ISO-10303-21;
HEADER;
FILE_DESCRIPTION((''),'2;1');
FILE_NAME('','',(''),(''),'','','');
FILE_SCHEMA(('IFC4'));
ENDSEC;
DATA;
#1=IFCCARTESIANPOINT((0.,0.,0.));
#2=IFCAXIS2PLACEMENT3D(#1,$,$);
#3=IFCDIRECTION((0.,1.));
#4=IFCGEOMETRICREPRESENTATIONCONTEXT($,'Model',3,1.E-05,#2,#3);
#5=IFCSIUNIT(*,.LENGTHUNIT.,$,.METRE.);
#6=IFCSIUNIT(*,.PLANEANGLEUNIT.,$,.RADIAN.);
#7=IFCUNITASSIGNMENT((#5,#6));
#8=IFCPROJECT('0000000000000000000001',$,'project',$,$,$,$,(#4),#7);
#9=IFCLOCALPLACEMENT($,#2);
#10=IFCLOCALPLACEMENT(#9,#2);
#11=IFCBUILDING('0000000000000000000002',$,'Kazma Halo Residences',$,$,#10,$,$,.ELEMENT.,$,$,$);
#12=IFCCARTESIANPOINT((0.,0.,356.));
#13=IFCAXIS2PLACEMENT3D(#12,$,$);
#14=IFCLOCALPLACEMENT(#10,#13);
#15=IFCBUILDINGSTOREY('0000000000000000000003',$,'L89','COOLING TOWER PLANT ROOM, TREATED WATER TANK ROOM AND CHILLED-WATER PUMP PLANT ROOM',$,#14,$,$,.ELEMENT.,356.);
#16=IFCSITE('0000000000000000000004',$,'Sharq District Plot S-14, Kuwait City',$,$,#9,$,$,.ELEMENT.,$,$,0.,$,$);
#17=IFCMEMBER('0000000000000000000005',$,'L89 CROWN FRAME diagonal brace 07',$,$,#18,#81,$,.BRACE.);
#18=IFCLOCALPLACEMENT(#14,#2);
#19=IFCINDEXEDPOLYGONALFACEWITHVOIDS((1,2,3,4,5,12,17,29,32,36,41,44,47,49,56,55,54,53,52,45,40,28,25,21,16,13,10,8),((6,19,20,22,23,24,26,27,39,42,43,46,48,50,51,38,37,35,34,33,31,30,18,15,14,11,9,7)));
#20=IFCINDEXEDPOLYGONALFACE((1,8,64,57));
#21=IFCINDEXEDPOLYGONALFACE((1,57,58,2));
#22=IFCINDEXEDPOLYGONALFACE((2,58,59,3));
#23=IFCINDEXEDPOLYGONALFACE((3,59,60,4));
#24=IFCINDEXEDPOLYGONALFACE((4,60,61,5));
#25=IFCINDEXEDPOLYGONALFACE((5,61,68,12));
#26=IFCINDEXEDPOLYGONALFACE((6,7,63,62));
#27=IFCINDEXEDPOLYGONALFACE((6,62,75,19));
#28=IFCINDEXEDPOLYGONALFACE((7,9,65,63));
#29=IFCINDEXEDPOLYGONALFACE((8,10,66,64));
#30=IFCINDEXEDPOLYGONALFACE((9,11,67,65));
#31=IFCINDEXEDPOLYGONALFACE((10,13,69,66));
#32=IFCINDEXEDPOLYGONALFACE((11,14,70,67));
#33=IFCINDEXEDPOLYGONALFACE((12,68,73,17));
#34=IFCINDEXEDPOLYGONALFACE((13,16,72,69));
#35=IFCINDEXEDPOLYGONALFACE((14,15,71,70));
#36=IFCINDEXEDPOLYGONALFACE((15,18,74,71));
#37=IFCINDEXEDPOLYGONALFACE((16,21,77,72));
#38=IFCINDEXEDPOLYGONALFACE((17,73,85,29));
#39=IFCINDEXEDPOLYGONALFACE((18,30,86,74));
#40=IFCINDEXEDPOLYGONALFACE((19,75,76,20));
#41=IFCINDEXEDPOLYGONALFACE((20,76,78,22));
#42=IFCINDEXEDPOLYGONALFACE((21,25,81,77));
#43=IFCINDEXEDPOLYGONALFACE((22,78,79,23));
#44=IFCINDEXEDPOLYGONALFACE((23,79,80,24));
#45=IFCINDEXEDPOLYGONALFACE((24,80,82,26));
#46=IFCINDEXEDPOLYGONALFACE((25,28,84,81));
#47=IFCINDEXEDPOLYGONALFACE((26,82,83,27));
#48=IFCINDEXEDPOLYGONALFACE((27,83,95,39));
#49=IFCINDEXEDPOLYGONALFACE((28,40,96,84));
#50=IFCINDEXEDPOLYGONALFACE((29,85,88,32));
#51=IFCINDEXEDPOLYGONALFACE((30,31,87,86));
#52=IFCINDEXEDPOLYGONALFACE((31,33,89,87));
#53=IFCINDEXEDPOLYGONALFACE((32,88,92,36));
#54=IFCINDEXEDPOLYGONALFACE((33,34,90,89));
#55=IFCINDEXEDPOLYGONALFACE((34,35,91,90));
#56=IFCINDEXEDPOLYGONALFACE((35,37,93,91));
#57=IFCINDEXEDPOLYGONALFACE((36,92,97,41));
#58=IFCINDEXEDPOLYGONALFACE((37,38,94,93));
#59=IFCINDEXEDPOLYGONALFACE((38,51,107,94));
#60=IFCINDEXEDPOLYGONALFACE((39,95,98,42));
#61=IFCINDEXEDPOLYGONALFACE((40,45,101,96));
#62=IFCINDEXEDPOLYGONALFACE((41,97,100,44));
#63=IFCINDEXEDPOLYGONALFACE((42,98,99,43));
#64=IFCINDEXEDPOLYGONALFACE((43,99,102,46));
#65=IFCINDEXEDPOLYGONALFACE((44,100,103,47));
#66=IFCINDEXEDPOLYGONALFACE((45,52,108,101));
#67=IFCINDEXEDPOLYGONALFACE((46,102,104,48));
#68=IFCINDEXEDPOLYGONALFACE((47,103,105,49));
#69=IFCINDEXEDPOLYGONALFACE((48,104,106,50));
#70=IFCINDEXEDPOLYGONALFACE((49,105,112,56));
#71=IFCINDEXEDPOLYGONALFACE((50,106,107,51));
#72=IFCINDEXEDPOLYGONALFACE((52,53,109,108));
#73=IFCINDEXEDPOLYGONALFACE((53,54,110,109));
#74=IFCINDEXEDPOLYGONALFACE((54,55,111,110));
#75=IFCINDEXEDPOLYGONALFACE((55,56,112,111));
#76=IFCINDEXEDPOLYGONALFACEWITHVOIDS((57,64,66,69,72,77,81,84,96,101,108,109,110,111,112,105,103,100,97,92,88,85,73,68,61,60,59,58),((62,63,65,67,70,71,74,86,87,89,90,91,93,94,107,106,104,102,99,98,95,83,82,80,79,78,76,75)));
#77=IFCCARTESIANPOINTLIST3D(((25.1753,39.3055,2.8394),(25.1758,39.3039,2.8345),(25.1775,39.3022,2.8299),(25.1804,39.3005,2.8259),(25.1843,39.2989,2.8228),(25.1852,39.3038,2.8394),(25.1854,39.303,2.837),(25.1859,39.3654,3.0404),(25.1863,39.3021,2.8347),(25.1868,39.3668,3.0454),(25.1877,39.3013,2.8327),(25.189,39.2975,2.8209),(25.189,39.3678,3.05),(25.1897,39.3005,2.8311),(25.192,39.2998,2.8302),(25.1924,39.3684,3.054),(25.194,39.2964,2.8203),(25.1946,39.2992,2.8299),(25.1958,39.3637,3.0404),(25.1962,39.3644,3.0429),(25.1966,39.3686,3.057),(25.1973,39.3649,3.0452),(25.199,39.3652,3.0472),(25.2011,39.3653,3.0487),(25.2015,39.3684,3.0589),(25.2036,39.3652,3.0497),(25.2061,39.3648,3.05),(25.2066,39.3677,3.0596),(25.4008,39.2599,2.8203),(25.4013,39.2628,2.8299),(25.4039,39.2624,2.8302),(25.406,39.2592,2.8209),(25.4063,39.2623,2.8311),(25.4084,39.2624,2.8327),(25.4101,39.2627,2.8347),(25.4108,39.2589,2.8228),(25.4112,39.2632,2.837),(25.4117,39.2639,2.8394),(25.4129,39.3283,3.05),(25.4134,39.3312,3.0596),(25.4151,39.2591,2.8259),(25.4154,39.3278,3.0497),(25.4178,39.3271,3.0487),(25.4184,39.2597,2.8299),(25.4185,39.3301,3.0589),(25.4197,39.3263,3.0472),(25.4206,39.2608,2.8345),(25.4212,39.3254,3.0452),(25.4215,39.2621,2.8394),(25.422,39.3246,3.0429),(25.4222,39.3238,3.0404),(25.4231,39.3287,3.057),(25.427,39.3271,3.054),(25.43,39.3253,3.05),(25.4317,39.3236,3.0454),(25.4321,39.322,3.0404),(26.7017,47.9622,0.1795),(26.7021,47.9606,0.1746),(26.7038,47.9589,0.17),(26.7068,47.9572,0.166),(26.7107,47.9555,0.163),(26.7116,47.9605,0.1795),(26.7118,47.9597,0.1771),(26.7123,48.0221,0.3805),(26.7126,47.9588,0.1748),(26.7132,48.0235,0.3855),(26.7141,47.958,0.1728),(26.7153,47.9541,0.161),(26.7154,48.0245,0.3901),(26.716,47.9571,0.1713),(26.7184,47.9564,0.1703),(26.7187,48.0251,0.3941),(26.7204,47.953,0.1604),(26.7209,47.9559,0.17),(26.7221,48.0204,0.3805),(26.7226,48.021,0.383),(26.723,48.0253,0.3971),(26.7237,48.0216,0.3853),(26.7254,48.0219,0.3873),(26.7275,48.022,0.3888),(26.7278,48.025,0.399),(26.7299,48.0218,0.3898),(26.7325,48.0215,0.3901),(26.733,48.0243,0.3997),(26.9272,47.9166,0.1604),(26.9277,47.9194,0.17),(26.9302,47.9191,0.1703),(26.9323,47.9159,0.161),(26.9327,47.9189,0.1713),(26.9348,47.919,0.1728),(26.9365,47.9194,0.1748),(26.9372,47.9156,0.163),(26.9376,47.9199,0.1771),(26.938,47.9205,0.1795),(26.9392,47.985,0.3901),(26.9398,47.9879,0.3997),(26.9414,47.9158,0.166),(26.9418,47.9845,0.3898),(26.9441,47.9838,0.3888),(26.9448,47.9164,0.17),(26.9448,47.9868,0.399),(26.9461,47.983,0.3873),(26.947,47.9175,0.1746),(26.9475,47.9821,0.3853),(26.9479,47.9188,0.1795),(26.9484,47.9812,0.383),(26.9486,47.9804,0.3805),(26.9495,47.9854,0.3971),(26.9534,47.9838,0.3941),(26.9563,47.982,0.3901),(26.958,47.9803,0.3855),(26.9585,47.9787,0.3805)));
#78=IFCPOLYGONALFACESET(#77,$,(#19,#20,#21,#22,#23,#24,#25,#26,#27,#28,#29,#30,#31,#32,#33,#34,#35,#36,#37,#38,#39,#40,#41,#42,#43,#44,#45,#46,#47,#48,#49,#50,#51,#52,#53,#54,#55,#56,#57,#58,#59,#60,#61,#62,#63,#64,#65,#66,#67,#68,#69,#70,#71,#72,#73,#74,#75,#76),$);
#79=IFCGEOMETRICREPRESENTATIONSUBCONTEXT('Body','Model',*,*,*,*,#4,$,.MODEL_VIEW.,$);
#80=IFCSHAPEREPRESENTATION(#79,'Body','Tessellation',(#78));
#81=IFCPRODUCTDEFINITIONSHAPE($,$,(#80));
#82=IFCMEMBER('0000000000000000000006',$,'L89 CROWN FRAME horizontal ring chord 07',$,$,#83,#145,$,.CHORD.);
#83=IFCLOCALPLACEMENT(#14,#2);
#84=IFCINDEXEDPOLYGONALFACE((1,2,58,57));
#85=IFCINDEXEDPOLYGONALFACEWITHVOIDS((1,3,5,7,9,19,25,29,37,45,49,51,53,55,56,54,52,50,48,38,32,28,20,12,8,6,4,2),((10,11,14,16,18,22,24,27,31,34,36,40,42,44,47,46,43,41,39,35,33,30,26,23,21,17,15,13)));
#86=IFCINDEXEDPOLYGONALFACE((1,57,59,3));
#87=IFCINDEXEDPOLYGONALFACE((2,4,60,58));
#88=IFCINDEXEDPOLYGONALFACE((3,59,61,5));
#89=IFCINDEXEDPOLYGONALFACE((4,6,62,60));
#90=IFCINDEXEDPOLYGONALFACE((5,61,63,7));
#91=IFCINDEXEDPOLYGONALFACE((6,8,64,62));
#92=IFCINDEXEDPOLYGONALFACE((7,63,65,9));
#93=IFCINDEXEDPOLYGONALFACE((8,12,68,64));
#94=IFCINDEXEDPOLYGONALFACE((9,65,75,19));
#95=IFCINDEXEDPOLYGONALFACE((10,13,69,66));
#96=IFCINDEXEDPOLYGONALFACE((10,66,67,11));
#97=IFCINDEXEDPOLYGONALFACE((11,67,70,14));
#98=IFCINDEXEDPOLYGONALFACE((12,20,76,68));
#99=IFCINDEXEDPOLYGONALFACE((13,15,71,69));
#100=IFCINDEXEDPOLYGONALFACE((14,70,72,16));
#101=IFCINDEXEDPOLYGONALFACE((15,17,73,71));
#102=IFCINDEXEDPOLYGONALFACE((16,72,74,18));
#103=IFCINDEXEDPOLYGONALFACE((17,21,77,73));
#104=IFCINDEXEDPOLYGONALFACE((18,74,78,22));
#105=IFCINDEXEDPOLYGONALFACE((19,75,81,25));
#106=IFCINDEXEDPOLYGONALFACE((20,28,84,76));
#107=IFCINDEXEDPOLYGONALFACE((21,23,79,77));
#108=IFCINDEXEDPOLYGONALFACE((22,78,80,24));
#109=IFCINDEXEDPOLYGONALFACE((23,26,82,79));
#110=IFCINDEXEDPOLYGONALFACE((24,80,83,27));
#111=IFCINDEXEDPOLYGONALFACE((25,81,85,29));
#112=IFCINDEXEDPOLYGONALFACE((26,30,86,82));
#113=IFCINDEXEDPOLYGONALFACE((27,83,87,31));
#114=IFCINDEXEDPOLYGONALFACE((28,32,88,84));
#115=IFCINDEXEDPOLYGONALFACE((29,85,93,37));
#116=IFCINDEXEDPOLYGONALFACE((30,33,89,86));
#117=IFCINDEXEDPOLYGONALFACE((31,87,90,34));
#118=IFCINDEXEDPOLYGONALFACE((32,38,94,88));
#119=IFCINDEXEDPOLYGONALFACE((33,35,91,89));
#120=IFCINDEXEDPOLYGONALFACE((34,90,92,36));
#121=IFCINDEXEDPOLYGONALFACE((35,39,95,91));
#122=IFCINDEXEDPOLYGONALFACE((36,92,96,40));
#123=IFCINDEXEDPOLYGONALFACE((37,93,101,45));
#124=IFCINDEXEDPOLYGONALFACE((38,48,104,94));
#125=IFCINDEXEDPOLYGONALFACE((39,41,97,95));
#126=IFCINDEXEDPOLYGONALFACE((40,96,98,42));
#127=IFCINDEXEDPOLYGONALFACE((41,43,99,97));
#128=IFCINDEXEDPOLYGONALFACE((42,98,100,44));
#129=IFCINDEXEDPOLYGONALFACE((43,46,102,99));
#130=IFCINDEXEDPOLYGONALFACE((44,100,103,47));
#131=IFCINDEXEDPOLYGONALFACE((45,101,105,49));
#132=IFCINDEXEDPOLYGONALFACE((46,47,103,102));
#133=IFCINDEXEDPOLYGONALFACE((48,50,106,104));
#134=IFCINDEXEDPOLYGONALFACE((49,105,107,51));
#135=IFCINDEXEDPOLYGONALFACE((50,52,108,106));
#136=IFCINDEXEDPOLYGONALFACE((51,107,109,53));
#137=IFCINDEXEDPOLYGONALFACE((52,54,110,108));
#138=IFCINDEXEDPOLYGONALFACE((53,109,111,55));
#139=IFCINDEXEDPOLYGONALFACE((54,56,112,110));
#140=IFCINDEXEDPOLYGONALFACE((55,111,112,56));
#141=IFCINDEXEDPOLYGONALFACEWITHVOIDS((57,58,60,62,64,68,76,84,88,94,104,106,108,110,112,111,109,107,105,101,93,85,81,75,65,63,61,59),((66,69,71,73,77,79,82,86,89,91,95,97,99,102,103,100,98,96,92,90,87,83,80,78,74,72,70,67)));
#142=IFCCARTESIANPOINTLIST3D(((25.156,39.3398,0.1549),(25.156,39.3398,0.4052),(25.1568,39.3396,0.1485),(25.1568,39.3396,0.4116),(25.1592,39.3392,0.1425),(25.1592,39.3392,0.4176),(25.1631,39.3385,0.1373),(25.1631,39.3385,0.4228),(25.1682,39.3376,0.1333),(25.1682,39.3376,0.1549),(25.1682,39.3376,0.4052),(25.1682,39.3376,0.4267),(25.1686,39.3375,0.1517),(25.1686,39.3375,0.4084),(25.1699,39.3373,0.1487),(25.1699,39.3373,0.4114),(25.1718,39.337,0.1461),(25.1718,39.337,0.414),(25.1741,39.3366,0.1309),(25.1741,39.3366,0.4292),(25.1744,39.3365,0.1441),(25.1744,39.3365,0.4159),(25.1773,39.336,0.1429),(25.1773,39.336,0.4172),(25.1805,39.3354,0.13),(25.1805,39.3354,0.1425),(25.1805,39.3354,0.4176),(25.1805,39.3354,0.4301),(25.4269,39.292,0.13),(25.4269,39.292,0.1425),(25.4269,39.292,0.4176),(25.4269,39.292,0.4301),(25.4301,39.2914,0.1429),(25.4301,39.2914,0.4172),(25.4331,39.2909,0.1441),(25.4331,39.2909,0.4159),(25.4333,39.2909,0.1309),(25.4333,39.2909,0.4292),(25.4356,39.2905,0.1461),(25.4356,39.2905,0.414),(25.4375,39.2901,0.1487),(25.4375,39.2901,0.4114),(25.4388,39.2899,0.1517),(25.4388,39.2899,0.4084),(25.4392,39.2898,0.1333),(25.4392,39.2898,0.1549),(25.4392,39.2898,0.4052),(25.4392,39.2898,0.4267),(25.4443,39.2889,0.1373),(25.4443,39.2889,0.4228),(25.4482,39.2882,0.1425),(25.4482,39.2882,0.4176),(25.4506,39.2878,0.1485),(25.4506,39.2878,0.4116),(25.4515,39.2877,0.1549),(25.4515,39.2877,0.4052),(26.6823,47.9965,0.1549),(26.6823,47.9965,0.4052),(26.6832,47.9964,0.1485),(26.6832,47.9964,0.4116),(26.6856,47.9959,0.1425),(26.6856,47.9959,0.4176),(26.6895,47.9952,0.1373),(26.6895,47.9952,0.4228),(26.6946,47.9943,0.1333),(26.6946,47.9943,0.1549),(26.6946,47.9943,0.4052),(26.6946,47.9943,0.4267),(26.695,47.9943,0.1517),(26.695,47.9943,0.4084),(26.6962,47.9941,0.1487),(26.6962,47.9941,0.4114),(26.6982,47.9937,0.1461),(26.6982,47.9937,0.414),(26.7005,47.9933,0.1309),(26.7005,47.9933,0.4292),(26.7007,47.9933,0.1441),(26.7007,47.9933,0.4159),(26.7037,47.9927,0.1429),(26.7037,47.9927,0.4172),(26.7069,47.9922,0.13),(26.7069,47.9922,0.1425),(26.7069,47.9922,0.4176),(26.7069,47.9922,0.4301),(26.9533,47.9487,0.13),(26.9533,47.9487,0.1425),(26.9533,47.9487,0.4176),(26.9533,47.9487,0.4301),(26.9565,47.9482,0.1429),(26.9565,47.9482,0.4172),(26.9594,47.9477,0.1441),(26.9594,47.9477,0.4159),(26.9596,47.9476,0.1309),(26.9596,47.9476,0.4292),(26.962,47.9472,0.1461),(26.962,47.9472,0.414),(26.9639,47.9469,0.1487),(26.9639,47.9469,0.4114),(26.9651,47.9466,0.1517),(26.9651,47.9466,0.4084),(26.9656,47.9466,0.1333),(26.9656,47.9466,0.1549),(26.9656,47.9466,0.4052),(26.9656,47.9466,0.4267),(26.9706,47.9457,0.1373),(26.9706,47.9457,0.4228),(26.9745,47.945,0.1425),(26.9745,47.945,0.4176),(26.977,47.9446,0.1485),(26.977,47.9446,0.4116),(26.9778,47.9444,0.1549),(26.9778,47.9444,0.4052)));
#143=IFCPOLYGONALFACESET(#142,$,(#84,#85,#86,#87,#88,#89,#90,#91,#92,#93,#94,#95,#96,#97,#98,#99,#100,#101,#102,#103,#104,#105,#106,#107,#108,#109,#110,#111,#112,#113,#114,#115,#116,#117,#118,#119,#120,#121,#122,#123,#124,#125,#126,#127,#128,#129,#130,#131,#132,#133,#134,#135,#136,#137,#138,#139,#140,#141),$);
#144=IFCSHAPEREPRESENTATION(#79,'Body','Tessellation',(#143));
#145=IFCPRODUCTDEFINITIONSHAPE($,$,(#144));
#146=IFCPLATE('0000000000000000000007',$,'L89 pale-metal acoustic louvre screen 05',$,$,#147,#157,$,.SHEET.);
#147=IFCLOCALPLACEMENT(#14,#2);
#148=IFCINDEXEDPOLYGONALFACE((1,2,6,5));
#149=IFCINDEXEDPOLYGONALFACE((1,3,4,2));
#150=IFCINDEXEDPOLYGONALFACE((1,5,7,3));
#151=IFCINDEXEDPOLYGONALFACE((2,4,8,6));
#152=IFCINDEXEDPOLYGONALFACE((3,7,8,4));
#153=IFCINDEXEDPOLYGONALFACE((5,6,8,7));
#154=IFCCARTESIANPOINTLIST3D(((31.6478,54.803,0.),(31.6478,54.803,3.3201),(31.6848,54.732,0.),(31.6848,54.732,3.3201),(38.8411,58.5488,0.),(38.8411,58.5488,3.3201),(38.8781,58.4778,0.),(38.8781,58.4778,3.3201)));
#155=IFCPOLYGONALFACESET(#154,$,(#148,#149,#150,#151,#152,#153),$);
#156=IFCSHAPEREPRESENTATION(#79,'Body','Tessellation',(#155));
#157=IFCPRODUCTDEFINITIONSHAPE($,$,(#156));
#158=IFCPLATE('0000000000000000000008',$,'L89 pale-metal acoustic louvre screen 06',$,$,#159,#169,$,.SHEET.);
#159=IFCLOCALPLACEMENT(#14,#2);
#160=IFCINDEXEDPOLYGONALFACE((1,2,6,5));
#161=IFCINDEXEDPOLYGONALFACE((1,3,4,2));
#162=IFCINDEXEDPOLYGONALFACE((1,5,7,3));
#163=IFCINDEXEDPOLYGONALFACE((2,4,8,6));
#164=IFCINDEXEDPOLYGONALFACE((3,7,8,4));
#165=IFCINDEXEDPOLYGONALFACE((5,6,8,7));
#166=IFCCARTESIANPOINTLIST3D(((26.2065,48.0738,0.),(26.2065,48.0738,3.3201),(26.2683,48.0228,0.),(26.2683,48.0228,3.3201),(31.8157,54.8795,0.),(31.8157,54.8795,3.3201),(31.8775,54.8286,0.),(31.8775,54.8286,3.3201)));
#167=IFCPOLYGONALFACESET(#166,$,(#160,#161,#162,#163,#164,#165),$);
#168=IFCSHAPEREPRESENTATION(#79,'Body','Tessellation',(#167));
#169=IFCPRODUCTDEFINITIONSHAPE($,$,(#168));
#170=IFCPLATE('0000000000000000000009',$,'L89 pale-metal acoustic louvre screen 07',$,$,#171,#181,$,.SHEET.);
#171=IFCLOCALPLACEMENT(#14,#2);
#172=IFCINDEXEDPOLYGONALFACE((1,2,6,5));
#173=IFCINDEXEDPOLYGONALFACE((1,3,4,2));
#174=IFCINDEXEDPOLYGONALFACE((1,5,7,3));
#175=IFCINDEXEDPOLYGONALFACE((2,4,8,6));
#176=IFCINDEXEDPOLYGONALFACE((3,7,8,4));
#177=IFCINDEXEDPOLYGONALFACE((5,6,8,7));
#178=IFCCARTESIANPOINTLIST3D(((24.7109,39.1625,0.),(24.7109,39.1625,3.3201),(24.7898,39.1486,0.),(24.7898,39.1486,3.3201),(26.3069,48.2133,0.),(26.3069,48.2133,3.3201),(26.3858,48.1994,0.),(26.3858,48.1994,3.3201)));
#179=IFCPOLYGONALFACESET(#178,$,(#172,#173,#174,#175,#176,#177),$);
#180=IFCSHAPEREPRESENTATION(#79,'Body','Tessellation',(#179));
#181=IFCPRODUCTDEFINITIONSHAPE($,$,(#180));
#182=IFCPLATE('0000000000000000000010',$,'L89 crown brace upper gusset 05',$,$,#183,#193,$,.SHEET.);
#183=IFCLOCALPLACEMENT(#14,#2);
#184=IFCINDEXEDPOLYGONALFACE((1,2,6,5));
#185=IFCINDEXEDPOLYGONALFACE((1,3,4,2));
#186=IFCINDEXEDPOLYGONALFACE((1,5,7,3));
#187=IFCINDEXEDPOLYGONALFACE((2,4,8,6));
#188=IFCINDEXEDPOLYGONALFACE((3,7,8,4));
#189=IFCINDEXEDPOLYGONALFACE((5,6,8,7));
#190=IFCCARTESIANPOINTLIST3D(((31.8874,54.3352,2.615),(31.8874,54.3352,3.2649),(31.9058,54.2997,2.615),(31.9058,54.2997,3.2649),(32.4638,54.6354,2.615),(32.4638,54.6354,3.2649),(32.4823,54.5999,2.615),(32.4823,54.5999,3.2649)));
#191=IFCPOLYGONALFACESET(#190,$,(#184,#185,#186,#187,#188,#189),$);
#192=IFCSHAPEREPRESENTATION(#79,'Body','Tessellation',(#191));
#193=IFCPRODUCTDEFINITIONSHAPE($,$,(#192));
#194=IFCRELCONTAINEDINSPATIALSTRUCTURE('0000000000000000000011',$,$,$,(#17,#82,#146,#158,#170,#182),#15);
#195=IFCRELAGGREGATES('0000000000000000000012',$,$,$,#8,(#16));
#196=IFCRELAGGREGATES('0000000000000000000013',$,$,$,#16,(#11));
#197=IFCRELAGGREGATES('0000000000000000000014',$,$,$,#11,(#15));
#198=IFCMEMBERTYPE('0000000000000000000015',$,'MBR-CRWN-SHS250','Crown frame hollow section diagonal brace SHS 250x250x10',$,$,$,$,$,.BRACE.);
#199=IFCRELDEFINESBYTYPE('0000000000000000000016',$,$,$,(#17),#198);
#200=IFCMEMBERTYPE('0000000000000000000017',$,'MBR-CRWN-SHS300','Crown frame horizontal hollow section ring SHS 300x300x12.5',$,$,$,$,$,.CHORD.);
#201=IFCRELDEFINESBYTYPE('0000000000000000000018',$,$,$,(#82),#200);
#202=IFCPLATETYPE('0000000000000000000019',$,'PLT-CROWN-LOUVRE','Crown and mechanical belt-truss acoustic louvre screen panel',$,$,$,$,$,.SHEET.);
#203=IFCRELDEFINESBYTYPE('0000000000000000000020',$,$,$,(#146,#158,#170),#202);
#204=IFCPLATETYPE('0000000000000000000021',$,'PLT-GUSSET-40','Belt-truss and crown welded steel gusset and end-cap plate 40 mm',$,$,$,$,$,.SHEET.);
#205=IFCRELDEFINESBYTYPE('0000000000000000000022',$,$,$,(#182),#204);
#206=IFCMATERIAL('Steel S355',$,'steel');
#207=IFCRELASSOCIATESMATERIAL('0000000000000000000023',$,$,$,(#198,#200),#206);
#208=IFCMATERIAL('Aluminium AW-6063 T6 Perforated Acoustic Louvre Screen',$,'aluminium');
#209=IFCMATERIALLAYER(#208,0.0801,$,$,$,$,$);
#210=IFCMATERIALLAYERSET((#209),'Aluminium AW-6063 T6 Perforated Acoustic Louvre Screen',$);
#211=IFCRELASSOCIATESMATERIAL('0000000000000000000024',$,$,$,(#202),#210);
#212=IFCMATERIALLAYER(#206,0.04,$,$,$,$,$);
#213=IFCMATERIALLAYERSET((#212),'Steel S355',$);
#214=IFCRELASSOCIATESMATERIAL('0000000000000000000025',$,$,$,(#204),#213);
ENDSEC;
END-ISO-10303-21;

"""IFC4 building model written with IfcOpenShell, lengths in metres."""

from ifc_helpers import new_model, si_unit, direction, frame, origin, origin_2d, place, context, subcontext, project, spatial, rectangle, hollow_rectangle, extrude, material, layer, layer_set, material_profile, profile_set, type_object, element, save


model = new_model("IFC4")

# Units and contexts
model_context = context("Model", 3, precision=1e-05, world=origin(), true_north=direction((0.0, 1.0)))
body_context = subcontext(model_context, "Body", "Model", "MODEL_VIEW")
ifc_project = project(units=[si_unit("LENGTHUNIT", "METRE"), si_unit("PLANEANGLEUNIT", "RADIAN")], contexts=[model_context])

# Site, building, storey
site_placement = place(None, origin())
site = spatial("IfcSite", under=ifc_project, at=site_placement, Name="Sharq District Plot S-14, Kuwait City", CompositionType="ELEMENT", RefElevation=0.0)
building_placement = place(site_placement, origin())
building = spatial("IfcBuilding", under=site, at=building_placement, Name="Kazma Halo Residences", CompositionType="ELEMENT")
storey_placement = place(building_placement, frame((0.0, 0.0, 356.0)))
storey = spatial("IfcBuildingStorey", under=building, at=storey_placement, Name="L89", Description="COOLING TOWER PLANT ROOM, TREATED WATER TANK ROOM AND CHILLED-WATER PUMP PLANT ROOM", CompositionType="ELEMENT", Elevation=356.0)

# Shared definitions
ifc_material_1 = material(Name="Steel S355", Category="steel")

# Members
ifc_material_profile_1 = material_profile(ifc_material_1, hollow_rectangle(XDim=0.25, YDim=0.25, WallThickness=0.01, InnerFilletRadius=0.01, OuterFilletRadius=0.02, at=origin_2d()), Name="SHS250x250x10")
ifc_profile_set_1 = profile_set([ifc_material_profile_1], Name="Steel S355")
member_type_1 = type_object("IfcMemberType", Name="MBR-CRWN-SHS250", Description="Crown frame hollow section diagonal brace SHS 250x250x10", PredefinedType="BRACE", material=ifc_profile_set_1)
member_1_placement = place(storey_placement, frame((26.8301, 47.9705, 0.28), z_axis=(-0.1662, -0.942599, 0.289628), x_axis=(0.984809, -0.173643, 0.0)))
element("IfcMember", 1, at=member_1_placement, inside=storey, type_object=member_type_1, Name="L89 CROWN FRAME diagonal brace 07", PredefinedType="BRACE", context=body_context, shape_type="SweptSolid", body=[
    extrude(hollow_rectangle(XDim=0.25, YDim=0.25, WallThickness=0.01, InnerFilletRadius=0.01, OuterFilletRadius=0.02, at=origin_2d()), origin(), (0.0, 0.0, 1.0), 9.1838),
])
ifc_material_profile_2 = material_profile(ifc_material_1, hollow_rectangle(XDim=0.3, YDim=0.3, WallThickness=0.0125, InnerFilletRadius=0.0125, OuterFilletRadius=0.0249, at=origin_2d()), Name="SHS300x300x12.5")
ifc_profile_set_2 = profile_set([ifc_material_profile_2], Name="Steel S355")
member_type_2 = type_object("IfcMemberType", Name="MBR-CRWN-SHS300", Description="Crown frame horizontal hollow section ring SHS 300x300x12.5", PredefinedType="CHORD", material=ifc_profile_set_2)
member_2_placement = place(storey_placement, frame((26.8301, 47.9705, 0.28), z_axis=(-0.173643, -0.984809, 0.0), x_axis=(0.984809, -0.173643, 0.0)))
element("IfcMember", 2, at=member_2_placement, inside=storey, type_object=member_type_2, Name="L89 CROWN FRAME horizontal ring chord 07", PredefinedType="CHORD", context=body_context, shape_type="SweptSolid", body=[
    extrude(hollow_rectangle(XDim=0.3, YDim=0.3, WallThickness=0.0125, InnerFilletRadius=0.0125, OuterFilletRadius=0.0249, at=origin_2d()), origin(), (0.0, 0.0, 1.0), 8.7903),
])

# Plates
ifc_material_2 = material(Name="Aluminium AW-6063 T6 Perforated Acoustic Louvre Screen", Category="aluminium")
ifc_layer_1 = layer(ifc_material_2, 0.0801)
ifc_layer_set_1 = layer_set([ifc_layer_1], Name="Aluminium AW-6063 T6 Perforated Acoustic Louvre Screen")
plate_type_1 = type_object("IfcPlateType", Name="PLT-CROWN-LOUVRE", Description="Crown and mechanical belt-truss acoustic louvre screen panel", PredefinedType="SHEET", material=ifc_layer_set_1)
plate_1_placement = place(storey_placement, frame((35.2629, 56.6404, 0.0), z_axis=(0.0, 0.0, 1.0), x_axis=(-0.88695, -0.461866, 0.0)))
element("IfcPlate", 3, at=plate_1_placement, inside=storey, type_object=plate_type_1, Name="L89 pale-metal acoustic louvre screen 05", PredefinedType="SHEET", context=body_context, shape_type="SweptSolid", body=[
    extrude(rectangle(XDim=8.1101, YDim=0.0801, at=origin_2d()), origin(), (0.0, 0.0, 1.0), 3.3201),
])
plate_2_placement = place(storey_placement, frame((29.042, 51.4512, 0.0), z_axis=(0.0, 0.0, 1.0), x_axis=(-0.636008, -0.771683, 0.0)))
element("IfcPlate", 4, at=plate_2_placement, inside=storey, type_object=plate_type_1, Name="L89 pale-metal acoustic louvre screen 06", PredefinedType="SHEET", context=body_context, shape_type="SweptSolid", body=[
    extrude(rectangle(XDim=8.8193, YDim=0.0801, at=origin_2d()), origin(), (0.0, 0.0, 1.0), 3.3201),
])
plate_3_placement = place(storey_placement, frame((25.5483, 43.6809, 0.0), z_axis=(0.0, 0.0, 1.0), x_axis=(-0.173656, -0.984806, 0.0)))
element("IfcPlate", 5, at=plate_3_placement, inside=storey, type_object=plate_type_1, Name="L89 pale-metal acoustic louvre screen 07", PredefinedType="SHEET", context=body_context, shape_type="SweptSolid", body=[
    extrude(rectangle(XDim=9.1904, YDim=0.0801, at=origin_2d()), origin(), (0.0, 0.0, 1.0), 3.3201),
])
ifc_layer_2 = layer(ifc_material_1, 0.04)
ifc_layer_set_2 = layer_set([ifc_layer_2], Name="Steel S355")
plate_type_2 = type_object("IfcPlateType", Name="PLT-GUSSET-40", Description="Belt-truss and crown welded steel gusset and end-cap plate 40 mm", PredefinedType="SHEET", material=ifc_layer_set_2)
for number, where, z_axis, x_axis, name in (
    (6, (32.1848, 54.4675, 2.615), (0.0, 0.0, 1.0), (-0.88695, -0.461866, 0.0), "L89 crown brace upper gusset 05"),
):
    element("IfcPlate", number, at=place(storey_placement, frame(where, z_axis=z_axis, x_axis=x_axis)), inside=storey, type_object=plate_type_2, Name=name, PredefinedType="SHEET", context=body_context, shape_type="SweptSolid", body=[
        extrude(rectangle(XDim=0.6499, YDim=0.04, at=origin_2d()), origin(), (0.0, 0.0, 1.0), 0.6499),
    ])

save(model, "model.ifc")
